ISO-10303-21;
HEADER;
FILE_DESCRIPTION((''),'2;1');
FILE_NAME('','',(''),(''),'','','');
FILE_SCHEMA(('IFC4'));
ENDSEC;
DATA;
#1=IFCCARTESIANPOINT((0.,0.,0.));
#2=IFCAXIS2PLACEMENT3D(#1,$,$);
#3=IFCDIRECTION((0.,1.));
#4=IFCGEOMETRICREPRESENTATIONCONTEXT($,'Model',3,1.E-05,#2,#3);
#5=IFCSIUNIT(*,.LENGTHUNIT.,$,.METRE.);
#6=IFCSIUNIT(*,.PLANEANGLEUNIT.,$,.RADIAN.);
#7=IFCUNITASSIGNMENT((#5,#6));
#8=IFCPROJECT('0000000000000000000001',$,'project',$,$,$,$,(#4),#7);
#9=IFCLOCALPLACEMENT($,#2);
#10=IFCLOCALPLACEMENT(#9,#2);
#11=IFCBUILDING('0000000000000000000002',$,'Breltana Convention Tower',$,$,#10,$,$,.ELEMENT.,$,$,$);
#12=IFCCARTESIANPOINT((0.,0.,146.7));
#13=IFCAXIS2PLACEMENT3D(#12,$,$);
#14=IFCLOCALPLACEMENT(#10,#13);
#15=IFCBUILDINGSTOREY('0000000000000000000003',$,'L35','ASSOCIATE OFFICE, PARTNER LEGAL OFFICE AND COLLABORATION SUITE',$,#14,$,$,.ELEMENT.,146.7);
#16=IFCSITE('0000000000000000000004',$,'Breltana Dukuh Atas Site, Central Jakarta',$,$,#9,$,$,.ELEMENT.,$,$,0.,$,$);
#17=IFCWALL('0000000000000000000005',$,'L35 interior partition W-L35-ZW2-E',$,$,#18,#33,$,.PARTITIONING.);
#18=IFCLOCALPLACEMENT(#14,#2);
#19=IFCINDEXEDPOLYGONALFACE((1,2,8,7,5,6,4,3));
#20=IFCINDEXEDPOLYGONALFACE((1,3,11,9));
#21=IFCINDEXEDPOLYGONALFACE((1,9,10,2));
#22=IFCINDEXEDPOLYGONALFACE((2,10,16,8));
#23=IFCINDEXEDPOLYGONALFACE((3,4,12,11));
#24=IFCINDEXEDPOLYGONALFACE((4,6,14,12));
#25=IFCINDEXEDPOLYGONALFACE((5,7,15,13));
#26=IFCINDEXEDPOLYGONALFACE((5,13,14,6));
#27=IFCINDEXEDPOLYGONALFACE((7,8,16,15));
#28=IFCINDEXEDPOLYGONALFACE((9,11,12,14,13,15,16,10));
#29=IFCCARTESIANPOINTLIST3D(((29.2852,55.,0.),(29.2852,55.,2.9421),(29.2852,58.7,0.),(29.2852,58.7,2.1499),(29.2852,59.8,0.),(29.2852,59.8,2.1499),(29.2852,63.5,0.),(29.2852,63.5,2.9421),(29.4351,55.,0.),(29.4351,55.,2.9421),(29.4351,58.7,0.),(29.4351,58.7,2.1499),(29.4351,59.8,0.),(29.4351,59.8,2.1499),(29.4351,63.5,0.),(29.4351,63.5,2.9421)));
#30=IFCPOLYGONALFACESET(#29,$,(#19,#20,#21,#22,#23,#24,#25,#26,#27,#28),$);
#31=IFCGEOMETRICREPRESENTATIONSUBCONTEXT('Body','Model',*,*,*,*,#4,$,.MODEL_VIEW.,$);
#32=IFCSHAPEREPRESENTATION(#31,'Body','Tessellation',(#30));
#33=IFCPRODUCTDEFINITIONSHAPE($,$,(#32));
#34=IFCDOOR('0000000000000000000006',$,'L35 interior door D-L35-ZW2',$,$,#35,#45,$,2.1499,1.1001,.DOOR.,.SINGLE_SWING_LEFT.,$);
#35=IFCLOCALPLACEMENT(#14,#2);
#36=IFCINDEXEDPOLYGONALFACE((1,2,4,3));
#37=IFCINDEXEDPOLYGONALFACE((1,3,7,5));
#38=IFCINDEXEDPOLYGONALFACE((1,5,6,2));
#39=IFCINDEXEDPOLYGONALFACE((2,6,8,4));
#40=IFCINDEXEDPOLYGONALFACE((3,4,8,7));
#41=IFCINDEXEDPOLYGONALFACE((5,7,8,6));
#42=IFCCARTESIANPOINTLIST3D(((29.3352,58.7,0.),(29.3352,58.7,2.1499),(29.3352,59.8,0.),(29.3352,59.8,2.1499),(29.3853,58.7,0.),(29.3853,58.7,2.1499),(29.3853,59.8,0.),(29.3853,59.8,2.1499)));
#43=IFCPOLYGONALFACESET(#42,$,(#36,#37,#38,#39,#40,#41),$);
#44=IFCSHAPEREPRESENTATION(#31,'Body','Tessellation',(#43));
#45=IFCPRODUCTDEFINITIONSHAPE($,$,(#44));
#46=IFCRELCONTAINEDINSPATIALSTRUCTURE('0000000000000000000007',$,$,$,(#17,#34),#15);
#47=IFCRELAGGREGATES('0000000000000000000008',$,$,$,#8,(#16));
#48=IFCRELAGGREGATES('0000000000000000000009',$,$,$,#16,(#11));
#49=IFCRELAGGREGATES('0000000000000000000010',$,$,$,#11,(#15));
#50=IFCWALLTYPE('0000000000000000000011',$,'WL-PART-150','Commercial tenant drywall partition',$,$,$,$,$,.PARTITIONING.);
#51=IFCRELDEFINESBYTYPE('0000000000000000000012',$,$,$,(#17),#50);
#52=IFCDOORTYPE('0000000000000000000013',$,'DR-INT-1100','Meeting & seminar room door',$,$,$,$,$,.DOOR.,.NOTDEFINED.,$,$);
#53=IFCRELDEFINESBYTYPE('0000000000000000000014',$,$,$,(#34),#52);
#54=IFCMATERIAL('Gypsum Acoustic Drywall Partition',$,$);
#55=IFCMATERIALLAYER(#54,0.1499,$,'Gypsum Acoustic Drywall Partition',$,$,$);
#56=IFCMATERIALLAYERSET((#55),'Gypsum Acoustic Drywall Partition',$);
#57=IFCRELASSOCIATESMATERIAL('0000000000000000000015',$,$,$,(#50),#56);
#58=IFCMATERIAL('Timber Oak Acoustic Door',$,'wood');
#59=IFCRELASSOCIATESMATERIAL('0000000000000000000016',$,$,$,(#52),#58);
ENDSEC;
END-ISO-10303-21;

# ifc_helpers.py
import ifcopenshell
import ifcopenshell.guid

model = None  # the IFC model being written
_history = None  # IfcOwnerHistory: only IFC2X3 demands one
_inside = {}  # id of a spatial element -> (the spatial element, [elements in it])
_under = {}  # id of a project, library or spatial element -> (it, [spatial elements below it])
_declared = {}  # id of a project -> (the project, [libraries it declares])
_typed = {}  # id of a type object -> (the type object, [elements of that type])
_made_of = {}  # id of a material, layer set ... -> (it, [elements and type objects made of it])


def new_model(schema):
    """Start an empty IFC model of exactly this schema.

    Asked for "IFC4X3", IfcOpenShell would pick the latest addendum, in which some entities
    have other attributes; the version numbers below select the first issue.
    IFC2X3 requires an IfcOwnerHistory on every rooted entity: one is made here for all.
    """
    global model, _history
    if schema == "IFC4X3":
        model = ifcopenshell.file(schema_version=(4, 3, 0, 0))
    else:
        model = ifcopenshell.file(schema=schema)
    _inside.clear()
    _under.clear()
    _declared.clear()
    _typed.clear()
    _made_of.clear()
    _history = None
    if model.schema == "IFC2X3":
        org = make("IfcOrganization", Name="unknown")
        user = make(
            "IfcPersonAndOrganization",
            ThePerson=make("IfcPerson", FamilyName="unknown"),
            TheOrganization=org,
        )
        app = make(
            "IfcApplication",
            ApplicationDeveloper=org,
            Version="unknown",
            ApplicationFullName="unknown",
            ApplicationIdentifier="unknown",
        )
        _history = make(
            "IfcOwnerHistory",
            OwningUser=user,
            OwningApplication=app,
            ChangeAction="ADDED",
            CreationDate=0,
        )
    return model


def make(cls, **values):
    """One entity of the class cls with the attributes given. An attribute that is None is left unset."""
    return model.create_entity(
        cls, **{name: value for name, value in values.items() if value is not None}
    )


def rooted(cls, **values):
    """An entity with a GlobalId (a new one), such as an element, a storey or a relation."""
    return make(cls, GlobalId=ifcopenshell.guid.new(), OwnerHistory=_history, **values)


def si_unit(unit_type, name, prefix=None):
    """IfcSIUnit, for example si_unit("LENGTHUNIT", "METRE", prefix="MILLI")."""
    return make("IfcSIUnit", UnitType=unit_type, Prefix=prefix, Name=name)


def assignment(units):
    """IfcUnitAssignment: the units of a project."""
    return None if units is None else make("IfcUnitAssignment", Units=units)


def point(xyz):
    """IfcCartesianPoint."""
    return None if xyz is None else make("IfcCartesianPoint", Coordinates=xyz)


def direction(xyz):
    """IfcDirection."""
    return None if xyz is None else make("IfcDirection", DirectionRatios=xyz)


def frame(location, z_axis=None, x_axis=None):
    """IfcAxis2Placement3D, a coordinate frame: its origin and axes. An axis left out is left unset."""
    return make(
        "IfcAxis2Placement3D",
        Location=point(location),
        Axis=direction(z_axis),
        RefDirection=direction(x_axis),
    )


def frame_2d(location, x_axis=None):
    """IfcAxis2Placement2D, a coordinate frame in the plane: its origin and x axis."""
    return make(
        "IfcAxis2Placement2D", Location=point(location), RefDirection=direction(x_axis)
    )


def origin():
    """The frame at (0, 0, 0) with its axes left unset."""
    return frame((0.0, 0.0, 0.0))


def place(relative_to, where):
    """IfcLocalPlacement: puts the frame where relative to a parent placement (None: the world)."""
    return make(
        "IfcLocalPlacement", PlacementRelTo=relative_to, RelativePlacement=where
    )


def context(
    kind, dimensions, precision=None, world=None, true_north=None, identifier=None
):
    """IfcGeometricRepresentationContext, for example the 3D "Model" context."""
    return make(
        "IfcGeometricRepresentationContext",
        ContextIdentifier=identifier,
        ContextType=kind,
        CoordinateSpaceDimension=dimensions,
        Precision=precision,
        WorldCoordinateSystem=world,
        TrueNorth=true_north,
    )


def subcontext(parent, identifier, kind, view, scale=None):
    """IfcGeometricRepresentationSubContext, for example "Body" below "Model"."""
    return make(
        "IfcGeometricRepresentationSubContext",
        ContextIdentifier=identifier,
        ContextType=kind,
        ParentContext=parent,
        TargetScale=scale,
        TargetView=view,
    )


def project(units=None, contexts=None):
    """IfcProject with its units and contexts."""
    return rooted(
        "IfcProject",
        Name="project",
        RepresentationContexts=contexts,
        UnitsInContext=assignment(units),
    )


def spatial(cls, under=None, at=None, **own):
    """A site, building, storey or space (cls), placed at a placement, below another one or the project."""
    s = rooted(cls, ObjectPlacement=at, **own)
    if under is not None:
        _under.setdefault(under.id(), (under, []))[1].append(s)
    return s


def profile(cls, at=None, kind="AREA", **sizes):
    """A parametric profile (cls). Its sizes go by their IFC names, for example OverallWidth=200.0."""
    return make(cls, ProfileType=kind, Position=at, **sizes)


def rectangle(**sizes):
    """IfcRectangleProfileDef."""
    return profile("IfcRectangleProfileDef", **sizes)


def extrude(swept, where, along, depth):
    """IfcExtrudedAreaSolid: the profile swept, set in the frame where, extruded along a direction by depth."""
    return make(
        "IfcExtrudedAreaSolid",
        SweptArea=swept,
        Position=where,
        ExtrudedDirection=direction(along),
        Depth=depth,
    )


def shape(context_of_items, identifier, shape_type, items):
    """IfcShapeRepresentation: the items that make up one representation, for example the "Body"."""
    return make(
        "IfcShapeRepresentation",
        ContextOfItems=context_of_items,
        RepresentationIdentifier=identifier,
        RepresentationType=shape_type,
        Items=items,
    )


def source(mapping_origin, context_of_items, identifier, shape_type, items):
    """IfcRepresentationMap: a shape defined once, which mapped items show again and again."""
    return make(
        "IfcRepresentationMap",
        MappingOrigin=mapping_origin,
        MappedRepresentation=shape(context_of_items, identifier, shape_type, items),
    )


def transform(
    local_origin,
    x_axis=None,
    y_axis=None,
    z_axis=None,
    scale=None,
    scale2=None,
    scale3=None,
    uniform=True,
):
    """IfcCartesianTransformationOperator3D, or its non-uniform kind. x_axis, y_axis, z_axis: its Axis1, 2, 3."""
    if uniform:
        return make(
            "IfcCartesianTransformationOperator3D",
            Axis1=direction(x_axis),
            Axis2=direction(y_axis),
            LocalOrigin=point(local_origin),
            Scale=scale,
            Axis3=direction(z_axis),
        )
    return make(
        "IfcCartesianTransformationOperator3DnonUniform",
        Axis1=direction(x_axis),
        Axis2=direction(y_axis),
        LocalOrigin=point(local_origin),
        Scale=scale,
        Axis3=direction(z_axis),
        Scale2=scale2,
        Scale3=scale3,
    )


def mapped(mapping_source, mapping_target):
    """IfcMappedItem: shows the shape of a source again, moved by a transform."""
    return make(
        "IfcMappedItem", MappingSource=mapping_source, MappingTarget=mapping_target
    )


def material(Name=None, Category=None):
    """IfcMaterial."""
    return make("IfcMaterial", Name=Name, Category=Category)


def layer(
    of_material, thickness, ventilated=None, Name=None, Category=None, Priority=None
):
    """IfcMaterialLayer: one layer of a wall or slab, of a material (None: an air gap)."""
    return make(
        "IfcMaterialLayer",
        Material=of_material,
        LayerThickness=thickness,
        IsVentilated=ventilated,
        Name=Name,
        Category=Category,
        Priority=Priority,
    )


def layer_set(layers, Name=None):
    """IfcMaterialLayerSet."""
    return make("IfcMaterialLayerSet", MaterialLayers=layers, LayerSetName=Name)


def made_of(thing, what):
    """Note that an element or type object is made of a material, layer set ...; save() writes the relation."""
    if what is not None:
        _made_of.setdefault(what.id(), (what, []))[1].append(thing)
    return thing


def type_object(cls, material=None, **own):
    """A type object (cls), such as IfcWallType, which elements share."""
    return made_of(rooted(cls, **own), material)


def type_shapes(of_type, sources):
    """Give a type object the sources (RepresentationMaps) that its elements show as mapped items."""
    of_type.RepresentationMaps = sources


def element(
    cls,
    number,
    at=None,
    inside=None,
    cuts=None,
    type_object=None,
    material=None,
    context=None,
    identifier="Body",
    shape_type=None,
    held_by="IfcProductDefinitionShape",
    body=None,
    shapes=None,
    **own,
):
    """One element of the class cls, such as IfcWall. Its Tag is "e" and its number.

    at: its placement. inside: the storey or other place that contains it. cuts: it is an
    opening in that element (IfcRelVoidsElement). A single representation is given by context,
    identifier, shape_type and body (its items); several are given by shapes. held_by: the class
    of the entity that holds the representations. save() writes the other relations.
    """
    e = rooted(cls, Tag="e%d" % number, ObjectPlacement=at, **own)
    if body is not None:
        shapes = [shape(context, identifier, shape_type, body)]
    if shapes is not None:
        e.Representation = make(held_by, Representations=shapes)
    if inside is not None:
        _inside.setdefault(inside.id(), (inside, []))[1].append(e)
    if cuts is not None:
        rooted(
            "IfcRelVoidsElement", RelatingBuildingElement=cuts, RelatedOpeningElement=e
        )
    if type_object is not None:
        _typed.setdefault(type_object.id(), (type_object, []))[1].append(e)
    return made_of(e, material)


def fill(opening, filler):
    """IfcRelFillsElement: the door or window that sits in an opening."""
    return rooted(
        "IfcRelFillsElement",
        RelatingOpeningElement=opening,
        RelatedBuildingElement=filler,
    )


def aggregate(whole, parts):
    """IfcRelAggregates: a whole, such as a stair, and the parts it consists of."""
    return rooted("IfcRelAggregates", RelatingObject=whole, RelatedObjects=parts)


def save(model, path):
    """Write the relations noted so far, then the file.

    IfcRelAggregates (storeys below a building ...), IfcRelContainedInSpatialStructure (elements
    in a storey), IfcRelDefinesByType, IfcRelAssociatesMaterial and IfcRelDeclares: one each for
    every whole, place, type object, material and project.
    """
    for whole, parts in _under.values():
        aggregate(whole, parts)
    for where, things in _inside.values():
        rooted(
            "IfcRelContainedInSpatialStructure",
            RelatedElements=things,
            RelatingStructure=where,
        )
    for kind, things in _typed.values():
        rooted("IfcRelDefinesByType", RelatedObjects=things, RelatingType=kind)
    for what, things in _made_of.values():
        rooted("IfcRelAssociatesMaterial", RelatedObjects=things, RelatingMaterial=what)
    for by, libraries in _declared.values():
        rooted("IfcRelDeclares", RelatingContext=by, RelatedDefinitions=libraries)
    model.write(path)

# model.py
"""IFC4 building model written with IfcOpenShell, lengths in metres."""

from ifc_helpers import new_model, si_unit, direction, frame, frame_2d, origin, place, context, subcontext, project, spatial, rectangle, extrude, source, transform, mapped, material, layer, layer_set, type_object, type_shapes, element, fill, save


model = new_model("IFC4")

# Units and contexts
model_context = context("Model", 3, precision=1e-05, world=origin(), true_north=direction((0.0, 1.0)))
body_context = subcontext(model_context, "Body", "Model", "MODEL_VIEW")
ifc_project = project(units=[si_unit("LENGTHUNIT", "METRE"), si_unit("PLANEANGLEUNIT", "RADIAN")], contexts=[model_context])

# Site, building, storey
site_placement = place(None, origin())
site = spatial("IfcSite", under=ifc_project, at=site_placement, Name="Breltana Dukuh Atas Site, Central Jakarta", CompositionType="ELEMENT", RefElevation=0.0)
building_placement = place(site_placement, origin())
building = spatial("IfcBuilding", under=site, at=building_placement, Name="Breltana Convention Tower", CompositionType="ELEMENT")
storey_placement = place(building_placement, frame((0.0, 0.0, 146.7)))
storey = spatial("IfcBuildingStorey", under=building, at=storey_placement, Name="L35", Description="ASSOCIATE OFFICE, PARTNER LEGAL OFFICE AND COLLABORATION SUITE", CompositionType="ELEMENT", Elevation=146.7)

# Shared definitions
ifc_material_1 = material(Name="Gypsum Acoustic Drywall Partition")
ifc_layer_1 = layer(ifc_material_1, 0.1499, Name="Gypsum Acoustic Drywall Partition")
ifc_layer_set_1 = layer_set([ifc_layer_1], Name="Gypsum Acoustic Drywall Partition")
wall_type_1 = type_object("IfcWallType", Name="WL-PART-150", Description="Commercial tenant drywall partition", PredefinedType="PARTITIONING", material=ifc_layer_set_1)

# Wall, opening, door
shared_shape_1 = source(origin(), body_context, "Body", "SweptSolid", [
    extrude(rectangle(XDim=8.5, YDim=0.1499, at=frame_2d((4.25, 0.0))), origin(), (0.0, 0.0, 1.0), 2.9421),
])
wall_1_placement = place(storey_placement, frame((29.3601, 55.0, 0.0), z_axis=(0.0, 0.0, 1.0), x_axis=(0.0, 1.0, 0.0)))
wall_1 = element("IfcWall", 1, at=wall_1_placement, inside=storey, type_object=wall_type_1, Name="L35 interior partition W-L35-ZW2-E", PredefinedType="PARTITIONING", context=body_context, shape_type="MappedRepresentation", body=[
    mapped(shared_shape_1, transform((0.0, 0.0, 0.0), scale=1.0)),
])
opening_1_placement = place(wall_1_placement, frame((3.7, 0.0, 0.0)))
opening_1 = element("IfcOpeningElement", 2, at=opening_1_placement, cuts=wall_1, PredefinedType="OPENING", context=body_context, shape_type="SweptSolid", body=[
    extrude(rectangle(XDim=1.1001, YDim=2.1499, at=frame_2d((0.55, 1.075))), frame((0.0, 0.085, 0.0), z_axis=(0.0, -1.0, 0.0), x_axis=(1.0, 0.0, 0.0)), (0.0, 0.0, 1.0), 0.1699),
])
ifc_material_2 = material(Name="Timber Oak Acoustic Door", Category="wood")
door_type = type_object("IfcDoorType", Name="DR-INT-1100", Description="Meeting & seminar room door", OperationType="NOTDEFINED", PredefinedType="DOOR", material=ifc_material_2)
shared_shape_2 = source(origin(), body_context, "Body", "SweptSolid", [
    extrude(rectangle(XDim=1.1001, YDim=2.1499, at=frame_2d((0.55, 1.075))), frame((0.0, 0.0249, 0.0), z_axis=(0.0, -1.0, 0.0), x_axis=(1.0, 0.0, 0.0)), (0.0, 0.0, 1.0), 0.05),
])
type_shapes(door_type, [shared_shape_2])
door_placement = place(opening_1_placement, origin())
door = element("IfcDoor", 3, at=door_placement, inside=storey, type_object=door_type, Name="L35 interior door D-L35-ZW2", OperationType="SINGLE_SWING_LEFT", OverallHeight=2.1499, OverallWidth=1.1001, PredefinedType="DOOR", context=body_context, shape_type="MappedRepresentation", body=[
    mapped(shared_shape_2, transform((0.0, 0.0, 0.0), scale=1.0)),
])
fill(opening_1, door)

save(model, "model.ifc")
